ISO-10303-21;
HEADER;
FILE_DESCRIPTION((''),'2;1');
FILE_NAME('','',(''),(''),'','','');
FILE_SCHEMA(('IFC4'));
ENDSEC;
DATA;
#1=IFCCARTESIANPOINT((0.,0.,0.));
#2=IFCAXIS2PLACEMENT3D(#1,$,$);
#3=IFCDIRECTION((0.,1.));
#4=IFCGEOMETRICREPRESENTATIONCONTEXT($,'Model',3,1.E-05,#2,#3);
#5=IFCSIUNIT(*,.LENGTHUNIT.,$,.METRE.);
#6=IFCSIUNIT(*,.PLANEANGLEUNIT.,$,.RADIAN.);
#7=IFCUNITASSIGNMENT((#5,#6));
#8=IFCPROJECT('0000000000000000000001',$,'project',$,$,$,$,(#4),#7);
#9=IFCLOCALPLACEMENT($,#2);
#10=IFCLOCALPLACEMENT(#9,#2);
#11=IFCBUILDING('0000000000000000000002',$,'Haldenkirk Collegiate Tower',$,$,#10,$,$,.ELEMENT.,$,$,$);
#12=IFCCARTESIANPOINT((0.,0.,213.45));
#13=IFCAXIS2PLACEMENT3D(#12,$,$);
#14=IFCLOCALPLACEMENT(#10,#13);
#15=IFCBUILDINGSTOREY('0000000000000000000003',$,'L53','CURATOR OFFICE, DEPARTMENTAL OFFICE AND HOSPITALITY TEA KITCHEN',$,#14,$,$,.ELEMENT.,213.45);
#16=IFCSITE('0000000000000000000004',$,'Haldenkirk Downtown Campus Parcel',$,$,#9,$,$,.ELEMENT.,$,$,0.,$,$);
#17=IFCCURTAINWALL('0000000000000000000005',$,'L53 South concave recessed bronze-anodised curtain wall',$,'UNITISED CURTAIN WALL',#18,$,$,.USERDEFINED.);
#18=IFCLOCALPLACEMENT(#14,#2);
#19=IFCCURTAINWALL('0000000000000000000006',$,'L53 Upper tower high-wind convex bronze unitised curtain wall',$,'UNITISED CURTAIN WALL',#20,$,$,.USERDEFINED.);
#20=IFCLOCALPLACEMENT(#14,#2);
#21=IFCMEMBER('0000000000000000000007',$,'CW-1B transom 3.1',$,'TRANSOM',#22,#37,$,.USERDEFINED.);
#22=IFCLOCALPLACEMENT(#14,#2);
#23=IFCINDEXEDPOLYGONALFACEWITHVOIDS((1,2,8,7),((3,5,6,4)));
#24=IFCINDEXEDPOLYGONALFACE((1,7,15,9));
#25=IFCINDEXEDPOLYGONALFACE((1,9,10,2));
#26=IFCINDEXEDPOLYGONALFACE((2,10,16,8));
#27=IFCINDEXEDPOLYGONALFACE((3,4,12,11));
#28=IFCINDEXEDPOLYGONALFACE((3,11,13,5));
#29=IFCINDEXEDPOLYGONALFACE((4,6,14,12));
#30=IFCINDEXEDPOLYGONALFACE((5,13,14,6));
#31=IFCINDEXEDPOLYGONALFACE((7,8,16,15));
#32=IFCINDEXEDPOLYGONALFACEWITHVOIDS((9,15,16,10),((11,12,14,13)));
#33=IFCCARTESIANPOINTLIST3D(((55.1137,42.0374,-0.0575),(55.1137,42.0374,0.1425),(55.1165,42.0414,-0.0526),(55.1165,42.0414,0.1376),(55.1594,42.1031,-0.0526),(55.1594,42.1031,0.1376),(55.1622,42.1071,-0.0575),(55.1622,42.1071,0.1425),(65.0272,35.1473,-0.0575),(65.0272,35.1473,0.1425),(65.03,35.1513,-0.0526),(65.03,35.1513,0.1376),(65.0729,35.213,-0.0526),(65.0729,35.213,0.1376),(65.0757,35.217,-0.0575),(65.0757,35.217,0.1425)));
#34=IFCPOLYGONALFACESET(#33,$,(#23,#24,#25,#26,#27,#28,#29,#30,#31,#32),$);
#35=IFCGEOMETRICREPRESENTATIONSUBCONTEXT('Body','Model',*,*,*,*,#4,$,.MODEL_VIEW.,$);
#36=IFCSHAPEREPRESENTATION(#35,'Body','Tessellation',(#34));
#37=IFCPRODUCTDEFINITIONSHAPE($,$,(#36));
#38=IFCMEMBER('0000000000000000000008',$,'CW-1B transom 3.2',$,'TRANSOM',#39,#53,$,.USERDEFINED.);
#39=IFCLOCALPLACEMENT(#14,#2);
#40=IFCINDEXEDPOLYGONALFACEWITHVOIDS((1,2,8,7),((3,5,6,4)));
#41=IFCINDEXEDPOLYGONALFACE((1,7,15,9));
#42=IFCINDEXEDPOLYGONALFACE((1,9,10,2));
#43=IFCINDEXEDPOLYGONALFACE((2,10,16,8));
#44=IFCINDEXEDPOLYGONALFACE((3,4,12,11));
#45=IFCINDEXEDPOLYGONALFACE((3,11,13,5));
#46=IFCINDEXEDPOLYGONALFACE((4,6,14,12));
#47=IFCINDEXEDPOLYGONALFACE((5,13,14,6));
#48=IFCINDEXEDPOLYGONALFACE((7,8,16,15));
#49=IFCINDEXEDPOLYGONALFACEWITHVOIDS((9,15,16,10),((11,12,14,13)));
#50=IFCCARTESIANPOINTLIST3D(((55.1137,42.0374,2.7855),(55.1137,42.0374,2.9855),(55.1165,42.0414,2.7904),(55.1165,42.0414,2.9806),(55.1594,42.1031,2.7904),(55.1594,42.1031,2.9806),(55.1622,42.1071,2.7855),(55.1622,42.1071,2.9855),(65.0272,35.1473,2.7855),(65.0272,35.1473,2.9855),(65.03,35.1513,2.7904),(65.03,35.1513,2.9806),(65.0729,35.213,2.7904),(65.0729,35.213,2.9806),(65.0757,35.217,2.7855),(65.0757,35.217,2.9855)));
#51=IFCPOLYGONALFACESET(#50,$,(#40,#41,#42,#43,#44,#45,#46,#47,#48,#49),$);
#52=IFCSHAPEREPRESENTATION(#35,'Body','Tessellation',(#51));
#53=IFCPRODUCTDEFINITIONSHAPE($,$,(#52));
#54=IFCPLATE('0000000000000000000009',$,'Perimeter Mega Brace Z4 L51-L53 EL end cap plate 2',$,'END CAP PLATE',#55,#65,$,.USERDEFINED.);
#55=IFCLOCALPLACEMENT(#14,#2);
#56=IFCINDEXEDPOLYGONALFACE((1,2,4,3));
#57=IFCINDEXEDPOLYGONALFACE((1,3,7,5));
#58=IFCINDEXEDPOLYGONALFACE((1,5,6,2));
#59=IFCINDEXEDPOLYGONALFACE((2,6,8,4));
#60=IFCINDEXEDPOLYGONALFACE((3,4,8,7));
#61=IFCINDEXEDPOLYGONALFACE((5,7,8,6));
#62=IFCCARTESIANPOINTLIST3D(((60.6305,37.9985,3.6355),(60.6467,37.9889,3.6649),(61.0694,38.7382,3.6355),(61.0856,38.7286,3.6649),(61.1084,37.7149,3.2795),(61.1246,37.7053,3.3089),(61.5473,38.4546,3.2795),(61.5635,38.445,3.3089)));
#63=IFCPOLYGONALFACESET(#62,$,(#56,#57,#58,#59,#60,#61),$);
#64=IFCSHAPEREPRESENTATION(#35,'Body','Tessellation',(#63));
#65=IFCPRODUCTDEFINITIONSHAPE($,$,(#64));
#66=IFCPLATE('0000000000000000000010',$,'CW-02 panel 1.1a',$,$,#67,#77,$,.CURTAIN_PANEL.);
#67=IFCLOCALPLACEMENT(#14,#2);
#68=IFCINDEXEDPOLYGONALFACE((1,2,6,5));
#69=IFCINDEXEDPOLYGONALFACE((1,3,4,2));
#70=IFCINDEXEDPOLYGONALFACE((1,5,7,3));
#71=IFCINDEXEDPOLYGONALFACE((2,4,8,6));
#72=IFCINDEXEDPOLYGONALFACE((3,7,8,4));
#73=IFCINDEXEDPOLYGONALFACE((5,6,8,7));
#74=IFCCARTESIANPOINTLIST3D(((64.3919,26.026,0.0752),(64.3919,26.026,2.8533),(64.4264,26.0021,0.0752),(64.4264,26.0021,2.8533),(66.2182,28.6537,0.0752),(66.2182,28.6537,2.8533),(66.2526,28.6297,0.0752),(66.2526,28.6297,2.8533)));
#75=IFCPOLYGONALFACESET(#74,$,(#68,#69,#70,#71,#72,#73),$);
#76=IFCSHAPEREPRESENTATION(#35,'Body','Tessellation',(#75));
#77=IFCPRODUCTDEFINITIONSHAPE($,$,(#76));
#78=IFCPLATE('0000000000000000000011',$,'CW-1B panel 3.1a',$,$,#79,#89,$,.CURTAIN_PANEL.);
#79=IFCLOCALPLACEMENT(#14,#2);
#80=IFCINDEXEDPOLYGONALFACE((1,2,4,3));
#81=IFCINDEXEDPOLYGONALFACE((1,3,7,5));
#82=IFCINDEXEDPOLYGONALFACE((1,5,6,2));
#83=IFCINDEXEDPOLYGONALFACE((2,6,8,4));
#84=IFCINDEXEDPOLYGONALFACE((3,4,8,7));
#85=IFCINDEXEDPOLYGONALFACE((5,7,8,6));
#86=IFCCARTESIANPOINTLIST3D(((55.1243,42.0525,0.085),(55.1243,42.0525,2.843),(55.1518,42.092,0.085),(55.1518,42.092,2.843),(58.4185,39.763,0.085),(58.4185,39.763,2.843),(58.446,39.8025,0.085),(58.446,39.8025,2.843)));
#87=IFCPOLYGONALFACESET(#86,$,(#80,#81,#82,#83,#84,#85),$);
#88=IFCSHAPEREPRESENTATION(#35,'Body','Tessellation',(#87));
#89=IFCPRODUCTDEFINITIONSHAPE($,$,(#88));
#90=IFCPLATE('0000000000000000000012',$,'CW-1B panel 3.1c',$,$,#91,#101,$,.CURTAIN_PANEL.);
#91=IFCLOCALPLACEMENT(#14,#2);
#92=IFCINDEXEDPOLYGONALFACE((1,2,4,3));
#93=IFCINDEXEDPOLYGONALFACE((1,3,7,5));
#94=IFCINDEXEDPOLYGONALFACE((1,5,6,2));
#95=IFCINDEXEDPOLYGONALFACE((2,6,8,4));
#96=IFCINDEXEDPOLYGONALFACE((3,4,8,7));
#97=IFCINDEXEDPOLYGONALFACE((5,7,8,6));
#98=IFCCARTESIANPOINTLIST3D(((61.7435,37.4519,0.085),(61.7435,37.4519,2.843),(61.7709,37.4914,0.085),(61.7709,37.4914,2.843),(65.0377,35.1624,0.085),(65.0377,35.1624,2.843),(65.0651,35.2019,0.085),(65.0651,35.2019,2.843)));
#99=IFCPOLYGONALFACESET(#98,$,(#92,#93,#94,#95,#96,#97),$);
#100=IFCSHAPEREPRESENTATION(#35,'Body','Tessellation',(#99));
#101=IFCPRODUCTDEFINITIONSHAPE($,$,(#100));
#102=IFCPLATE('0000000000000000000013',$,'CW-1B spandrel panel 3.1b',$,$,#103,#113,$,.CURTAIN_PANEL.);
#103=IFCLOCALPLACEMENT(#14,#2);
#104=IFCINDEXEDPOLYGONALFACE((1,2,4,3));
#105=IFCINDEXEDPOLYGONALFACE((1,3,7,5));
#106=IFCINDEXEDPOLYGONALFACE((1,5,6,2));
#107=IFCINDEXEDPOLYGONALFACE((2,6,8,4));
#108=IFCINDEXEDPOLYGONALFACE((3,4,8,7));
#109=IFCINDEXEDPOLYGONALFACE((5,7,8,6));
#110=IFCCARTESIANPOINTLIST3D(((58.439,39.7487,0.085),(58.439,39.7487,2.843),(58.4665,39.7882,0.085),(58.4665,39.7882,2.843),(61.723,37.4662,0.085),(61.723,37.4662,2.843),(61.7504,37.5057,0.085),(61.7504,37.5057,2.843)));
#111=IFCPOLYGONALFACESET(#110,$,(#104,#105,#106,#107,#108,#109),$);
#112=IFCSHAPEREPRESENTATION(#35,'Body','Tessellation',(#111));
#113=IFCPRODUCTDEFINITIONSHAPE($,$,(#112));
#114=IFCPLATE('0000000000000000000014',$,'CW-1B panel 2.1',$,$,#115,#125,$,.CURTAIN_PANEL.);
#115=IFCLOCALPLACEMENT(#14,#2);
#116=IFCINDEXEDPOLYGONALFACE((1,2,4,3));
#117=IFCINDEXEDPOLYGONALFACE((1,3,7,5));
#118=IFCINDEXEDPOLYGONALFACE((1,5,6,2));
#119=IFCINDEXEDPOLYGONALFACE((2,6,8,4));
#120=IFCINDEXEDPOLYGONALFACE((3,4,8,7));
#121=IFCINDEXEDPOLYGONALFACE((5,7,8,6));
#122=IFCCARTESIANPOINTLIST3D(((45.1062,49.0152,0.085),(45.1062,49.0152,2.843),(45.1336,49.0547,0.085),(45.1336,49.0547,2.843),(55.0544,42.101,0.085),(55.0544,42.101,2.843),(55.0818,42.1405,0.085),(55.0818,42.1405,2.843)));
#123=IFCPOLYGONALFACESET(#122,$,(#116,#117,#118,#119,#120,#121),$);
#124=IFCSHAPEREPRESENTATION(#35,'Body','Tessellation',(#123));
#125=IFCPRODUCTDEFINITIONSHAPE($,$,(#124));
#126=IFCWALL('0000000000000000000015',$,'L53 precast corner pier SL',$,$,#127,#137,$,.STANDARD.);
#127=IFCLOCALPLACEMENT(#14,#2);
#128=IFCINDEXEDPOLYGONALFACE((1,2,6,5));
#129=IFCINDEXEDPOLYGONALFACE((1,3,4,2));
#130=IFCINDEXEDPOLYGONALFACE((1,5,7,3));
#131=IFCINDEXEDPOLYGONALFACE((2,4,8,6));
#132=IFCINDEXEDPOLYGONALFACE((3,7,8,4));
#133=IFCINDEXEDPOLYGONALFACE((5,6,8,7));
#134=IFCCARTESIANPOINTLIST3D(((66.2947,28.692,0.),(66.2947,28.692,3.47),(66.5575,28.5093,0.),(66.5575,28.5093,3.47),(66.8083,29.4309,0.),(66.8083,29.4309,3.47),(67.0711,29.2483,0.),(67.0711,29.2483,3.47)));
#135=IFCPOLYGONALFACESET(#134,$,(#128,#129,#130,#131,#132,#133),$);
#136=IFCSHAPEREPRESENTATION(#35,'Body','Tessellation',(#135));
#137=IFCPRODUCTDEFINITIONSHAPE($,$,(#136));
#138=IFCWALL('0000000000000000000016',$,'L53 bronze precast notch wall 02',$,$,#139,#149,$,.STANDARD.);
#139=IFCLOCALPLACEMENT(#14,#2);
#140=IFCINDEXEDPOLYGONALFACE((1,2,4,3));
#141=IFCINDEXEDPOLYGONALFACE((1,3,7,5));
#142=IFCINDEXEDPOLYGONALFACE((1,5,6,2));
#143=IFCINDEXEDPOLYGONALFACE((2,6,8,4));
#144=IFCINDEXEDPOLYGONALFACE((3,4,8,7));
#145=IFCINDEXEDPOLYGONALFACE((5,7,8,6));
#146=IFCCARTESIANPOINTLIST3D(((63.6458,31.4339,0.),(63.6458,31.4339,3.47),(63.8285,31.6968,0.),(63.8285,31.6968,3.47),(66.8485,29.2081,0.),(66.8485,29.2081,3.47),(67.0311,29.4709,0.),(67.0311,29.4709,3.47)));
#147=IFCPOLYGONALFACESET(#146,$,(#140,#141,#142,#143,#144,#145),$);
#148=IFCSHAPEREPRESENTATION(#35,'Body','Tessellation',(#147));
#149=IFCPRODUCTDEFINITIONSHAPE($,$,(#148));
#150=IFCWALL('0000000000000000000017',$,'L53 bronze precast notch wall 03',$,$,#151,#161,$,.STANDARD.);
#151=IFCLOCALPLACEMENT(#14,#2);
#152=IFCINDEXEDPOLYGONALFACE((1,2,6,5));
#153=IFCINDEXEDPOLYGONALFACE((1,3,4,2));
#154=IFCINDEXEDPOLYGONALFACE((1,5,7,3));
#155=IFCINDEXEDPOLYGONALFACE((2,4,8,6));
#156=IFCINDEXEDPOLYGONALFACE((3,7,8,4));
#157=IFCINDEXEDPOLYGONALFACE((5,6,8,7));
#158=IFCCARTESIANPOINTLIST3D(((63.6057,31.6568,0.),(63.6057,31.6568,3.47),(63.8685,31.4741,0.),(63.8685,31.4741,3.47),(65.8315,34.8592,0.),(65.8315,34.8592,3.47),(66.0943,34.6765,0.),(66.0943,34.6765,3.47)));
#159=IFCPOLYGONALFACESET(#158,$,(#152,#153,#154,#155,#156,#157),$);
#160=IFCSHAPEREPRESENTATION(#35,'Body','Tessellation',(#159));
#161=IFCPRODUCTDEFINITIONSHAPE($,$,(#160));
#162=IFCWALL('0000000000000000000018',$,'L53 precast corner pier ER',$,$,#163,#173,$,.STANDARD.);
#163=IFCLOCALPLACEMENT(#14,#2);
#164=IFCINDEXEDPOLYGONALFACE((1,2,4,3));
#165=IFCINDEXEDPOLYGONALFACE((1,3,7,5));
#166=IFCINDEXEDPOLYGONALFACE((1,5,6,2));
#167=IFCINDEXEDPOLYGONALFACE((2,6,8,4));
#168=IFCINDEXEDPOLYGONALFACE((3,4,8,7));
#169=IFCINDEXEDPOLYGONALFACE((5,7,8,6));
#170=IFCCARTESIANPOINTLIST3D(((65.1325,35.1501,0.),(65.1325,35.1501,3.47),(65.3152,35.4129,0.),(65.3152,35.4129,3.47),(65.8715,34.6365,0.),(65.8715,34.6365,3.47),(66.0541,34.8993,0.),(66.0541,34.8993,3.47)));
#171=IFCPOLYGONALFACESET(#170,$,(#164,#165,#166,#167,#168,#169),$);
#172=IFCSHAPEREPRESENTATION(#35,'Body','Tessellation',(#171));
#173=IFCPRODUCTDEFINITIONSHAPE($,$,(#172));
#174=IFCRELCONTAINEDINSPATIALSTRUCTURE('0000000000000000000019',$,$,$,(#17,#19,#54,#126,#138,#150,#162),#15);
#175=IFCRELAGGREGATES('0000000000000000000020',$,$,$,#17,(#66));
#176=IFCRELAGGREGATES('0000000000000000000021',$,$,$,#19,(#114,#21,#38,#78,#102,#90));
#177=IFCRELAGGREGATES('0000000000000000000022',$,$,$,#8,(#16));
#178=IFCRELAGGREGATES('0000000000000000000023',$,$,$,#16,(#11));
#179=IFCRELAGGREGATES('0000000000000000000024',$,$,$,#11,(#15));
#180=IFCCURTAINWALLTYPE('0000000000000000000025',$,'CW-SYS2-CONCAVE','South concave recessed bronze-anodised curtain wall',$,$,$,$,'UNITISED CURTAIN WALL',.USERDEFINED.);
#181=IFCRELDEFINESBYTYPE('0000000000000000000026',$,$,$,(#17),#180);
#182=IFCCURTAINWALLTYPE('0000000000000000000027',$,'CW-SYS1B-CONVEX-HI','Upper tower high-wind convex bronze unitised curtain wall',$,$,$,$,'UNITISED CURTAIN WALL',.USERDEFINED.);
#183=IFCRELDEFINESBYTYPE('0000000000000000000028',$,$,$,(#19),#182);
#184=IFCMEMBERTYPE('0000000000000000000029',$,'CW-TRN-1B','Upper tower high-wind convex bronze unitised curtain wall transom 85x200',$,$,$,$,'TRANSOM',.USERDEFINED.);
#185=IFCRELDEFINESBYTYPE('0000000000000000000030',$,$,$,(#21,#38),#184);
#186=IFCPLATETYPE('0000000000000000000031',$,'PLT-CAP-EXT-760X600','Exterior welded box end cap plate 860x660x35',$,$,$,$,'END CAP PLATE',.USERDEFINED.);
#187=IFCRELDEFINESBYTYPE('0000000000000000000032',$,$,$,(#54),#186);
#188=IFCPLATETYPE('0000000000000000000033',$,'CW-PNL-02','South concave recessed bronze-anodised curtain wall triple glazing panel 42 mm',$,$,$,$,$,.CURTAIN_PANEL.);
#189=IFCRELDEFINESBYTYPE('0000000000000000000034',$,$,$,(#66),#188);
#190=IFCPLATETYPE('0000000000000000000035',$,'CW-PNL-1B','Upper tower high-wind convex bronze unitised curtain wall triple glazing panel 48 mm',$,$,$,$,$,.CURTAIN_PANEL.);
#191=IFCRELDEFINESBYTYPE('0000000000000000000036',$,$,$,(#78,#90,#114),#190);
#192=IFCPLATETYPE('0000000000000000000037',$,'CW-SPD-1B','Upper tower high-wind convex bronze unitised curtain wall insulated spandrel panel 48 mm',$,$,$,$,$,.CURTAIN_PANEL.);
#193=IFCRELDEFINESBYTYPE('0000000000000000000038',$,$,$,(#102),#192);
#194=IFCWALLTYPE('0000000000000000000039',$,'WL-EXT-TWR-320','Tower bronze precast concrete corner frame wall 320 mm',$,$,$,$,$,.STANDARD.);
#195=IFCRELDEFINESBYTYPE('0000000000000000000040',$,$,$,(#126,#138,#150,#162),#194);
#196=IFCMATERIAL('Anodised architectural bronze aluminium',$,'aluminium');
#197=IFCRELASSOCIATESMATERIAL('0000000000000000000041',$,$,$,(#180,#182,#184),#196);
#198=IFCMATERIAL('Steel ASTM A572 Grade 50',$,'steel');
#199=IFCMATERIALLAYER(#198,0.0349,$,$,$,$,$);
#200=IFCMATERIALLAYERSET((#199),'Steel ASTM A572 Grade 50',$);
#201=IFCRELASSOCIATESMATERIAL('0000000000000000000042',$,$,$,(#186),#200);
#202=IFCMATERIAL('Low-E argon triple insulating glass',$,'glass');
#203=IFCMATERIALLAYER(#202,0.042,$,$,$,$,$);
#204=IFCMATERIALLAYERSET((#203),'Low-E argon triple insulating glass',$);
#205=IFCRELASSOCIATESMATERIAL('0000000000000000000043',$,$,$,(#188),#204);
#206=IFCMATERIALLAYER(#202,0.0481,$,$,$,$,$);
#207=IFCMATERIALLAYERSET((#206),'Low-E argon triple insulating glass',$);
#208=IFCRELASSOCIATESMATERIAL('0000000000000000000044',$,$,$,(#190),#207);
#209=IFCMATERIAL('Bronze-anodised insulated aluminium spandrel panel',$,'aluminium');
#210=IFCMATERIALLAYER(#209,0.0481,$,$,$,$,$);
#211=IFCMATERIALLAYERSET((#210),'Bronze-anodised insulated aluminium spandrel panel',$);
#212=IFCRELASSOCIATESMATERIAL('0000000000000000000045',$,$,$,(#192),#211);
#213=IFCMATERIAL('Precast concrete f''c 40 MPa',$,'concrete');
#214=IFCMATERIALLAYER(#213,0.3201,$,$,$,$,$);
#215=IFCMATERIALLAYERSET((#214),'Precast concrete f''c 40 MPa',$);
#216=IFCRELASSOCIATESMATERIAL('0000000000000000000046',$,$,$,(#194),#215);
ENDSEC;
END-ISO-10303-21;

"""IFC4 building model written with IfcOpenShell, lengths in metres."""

from ifc_helpers import new_model, si_unit, direction, frame, frame_2d, origin, origin_2d, place, context, subcontext, project, spatial, rectangle, hollow_rectangle, extrude, source, transform, mapped, material, layer, layer_set, material_profile, profile_set, type_object, element, aggregate, save


model = new_model("IFC4")

# Units and contexts
model_context = context("Model", 3, precision=1e-05, world=origin(), true_north=direction((0.0, 1.0)))
body_context = subcontext(model_context, "Body", "Model", "MODEL_VIEW")
ifc_project = project(units=[si_unit("LENGTHUNIT", "METRE"), si_unit("PLANEANGLEUNIT", "RADIAN")], contexts=[model_context])

# Site, building, storey
site_placement = place(None, origin())
site = spatial("IfcSite", under=ifc_project, at=site_placement, Name="Haldenkirk Downtown Campus Parcel", CompositionType="ELEMENT", RefElevation=0.0)
building_placement = place(site_placement, origin())
building = spatial("IfcBuilding", under=site, at=building_placement, Name="Haldenkirk Collegiate Tower", CompositionType="ELEMENT")
storey_placement = place(building_placement, frame((0.0, 0.0, 213.45)))
storey = spatial("IfcBuildingStorey", under=building, at=storey_placement, Name="L53", Description="CURATOR OFFICE, DEPARTMENTAL OFFICE AND HOSPITALITY TEA KITCHEN", CompositionType="ELEMENT", Elevation=213.45)

# Shared definitions
ifc_material_1 = material(Name="Steel ASTM A572 Grade 50", Category="steel")

# Curtain wall
ifc_material_2 = material(Name="Anodised architectural bronze aluminium", Category="aluminium")
curtain_wall_type_1 = type_object("IfcCurtainWallType", Name="CW-SYS2-CONCAVE", Description="South concave recessed bronze-anodised curtain wall", ElementType="UNITISED CURTAIN WALL", PredefinedType="USERDEFINED", material=ifc_material_2)
curtain_wall_1_placement = place(storey_placement, origin())
curtain_wall_1 = element("IfcCurtainWall", 1, at=curtain_wall_1_placement, inside=storey, type_object=curtain_wall_type_1, Name="L53 South concave recessed bronze-anodised curtain wall", ObjectType="UNITISED CURTAIN WALL", PredefinedType="USERDEFINED")

# Curtain wall
curtain_wall_type_2 = type_object("IfcCurtainWallType", Name="CW-SYS1B-CONVEX-HI", Description="Upper tower high-wind convex bronze unitised curtain wall", ElementType="UNITISED CURTAIN WALL", PredefinedType="USERDEFINED", material=ifc_material_2)
curtain_wall_2_placement = place(storey_placement, origin())
curtain_wall_2 = element("IfcCurtainWall", 2, at=curtain_wall_2_placement, inside=storey, type_object=curtain_wall_type_2, Name="L53 Upper tower high-wind convex bronze unitised curtain wall", ObjectType="UNITISED CURTAIN WALL", PredefinedType="USERDEFINED")

# Members
ifc_material_profile_1 = material_profile(ifc_material_2, hollow_rectangle(XDim=0.085, YDim=0.2, WallThickness=0.0049, at=origin_2d()), Name="CW-TRN-1B")
ifc_profile_set_1 = profile_set([ifc_material_profile_1], Name="Anodised architectural bronze aluminium")
member_type_1 = type_object("IfcMemberType", Name="CW-TRN-1B", Description="Upper tower high-wind convex bronze unitised curtain wall transom 85x200", ElementType="TRANSOM", PredefinedType="USERDEFINED", material=ifc_profile_set_1)
member_1_placement = place(storey_placement, frame((55.1379, 42.0723, 0.0425), z_axis=(0.821148, -0.570715, 0.0), x_axis=(0.570715, 0.821148, 0.0)))
member_1 = element("IfcMember", 3, at=member_1_placement, type_object=member_type_1, Name="CW-1B transom 3.1", ObjectType="TRANSOM", PredefinedType="USERDEFINED", context=body_context, shape_type="SweptSolid", body=[
    extrude(hollow_rectangle(XDim=0.085, YDim=0.2, WallThickness=0.0049, at=origin_2d()), origin(), (0.0, 0.0, 1.0), 12.0728),
])
member_2_placement = place(storey_placement, frame((55.1379, 42.0723, 2.8855), z_axis=(0.821148, -0.570715, 0.0), x_axis=(0.570715, 0.821148, 0.0)))
member_2 = element("IfcMember", 4, at=member_2_placement, type_object=member_type_1, Name="CW-1B transom 3.2", ObjectType="TRANSOM", PredefinedType="USERDEFINED", context=body_context, shape_type="SweptSolid", body=[
    extrude(hollow_rectangle(XDim=0.085, YDim=0.2, WallThickness=0.0049, at=origin_2d()), origin(), (0.0, 0.0, 1.0), 12.0728),
])

# Plates
ifc_layer_1 = layer(ifc_material_1, 0.0349)
ifc_layer_set_1 = layer_set([ifc_layer_1], Name="Steel ASTM A572 Grade 50")
plate_type_1 = type_object("IfcPlateType", Name="PLT-CAP-EXT-760X600", Description="Exterior welded box end cap plate 860x660x35", ElementType="END CAP PLATE", PredefinedType="USERDEFINED", material=ifc_layer_set_1)
shared_shape_1 = source(origin(), body_context, "Body", "SweptSolid", [
    extrude(rectangle(XDim=0.8601, YDim=0.6599, at=origin_2d()), origin(), (0.0, 0.0, 1.0), 0.0349),
])
plate_1_placement = place(storey_placement, frame((61.0889, 38.2266, 3.4575), z_axis=(0.463897, -0.275241, 0.842047), x_axis=(0.510267, 0.860016, 0.0)))
element("IfcPlate", 5, at=plate_1_placement, inside=storey, type_object=plate_type_1, Name="Perimeter Mega Brace Z4 L51-L53 EL end cap plate 2", ObjectType="END CAP PLATE", PredefinedType="USERDEFINED", context=body_context, shape_type="MappedRepresentation", body=[
    mapped(shared_shape_1, transform((0.0, 0.0, 0.0), x_axis=(1.0, 0.0, 0.0), y_axis=(0.0, 1.0, 0.0), z_axis=(0.0, 0.0, 1.0), scale=1.0)),
])
ifc_material_3 = material(Name="Low-E argon triple insulating glass", Category="glass")
ifc_layer_2 = layer(ifc_material_3, 0.042)
ifc_layer_set_2 = layer_set([ifc_layer_2], Name="Low-E argon triple insulating glass")
plate_type_2 = type_object("IfcPlateType", Name="CW-PNL-02", Description="South concave recessed bronze-anodised curtain wall triple glazing panel 42 mm", PredefinedType="CURTAIN_PANEL", material=ifc_layer_set_2)
shared_shape_2 = source(origin(), body_context, "Body", "SweptSolid", [
    extrude(rectangle(XDim=3.2, YDim=0.042, at=origin_2d()), origin(), (0.0, 0.0, 1.0), 2.7781),
])
plate_2_placement = place(storey_placement, frame((65.3223, 27.3279, 0.0752), z_axis=(0.0, 0.0, 1.0), x_axis=(-0.570716, -0.821148, 0.0)))
plate_2 = element("IfcPlate", 6, at=plate_2_placement, type_object=plate_type_2, Name="CW-02 panel 1.1a", PredefinedType="CURTAIN_PANEL", context=body_context, shape_type="MappedRepresentation", body=[
    mapped(shared_shape_2, transform((0.0, 0.0, 0.0), x_axis=(1.0, 0.0, 0.0), y_axis=(0.0, 1.0, 0.0), z_axis=(0.0, 0.0, 1.0), scale=1.0)),
])
aggregate(curtain_wall_1, [plate_2])
ifc_layer_3 = layer(ifc_material_3, 0.0481)
ifc_layer_set_3 = layer_set([ifc_layer_3], Name="Low-E argon triple insulating glass")
plate_type_3 = type_object("IfcPlateType", Name="CW-PNL-1B", Description="Upper tower high-wind convex bronze unitised curtain wall triple glazing panel 48 mm", PredefinedType="CURTAIN_PANEL", material=ifc_layer_set_3)
shared_shape_3 = source(origin(), body_context, "Body", "SweptSolid", [
    extrude(rectangle(XDim=4.0117, YDim=0.0481, at=origin_2d()), origin(), (0.0, 0.0, 1.0), 2.7581),
])
plate_3_placement = place(storey_placement, frame((56.7852, 40.9275, 0.085), z_axis=(0.0, 0.0, 1.0), x_axis=(0.821149, -0.570713, 0.0)))
plate_3 = element("IfcPlate", 7, at=plate_3_placement, type_object=plate_type_3, Name="CW-1B panel 3.1a", PredefinedType="CURTAIN_PANEL", context=body_context, shape_type="MappedRepresentation", body=[
    mapped(shared_shape_3, transform((0.0, 0.0, 0.0), x_axis=(1.0, 0.0, 0.0), y_axis=(0.0, 1.0, 0.0), z_axis=(0.0, 0.0, 1.0), scale=1.0)),
])
plate_4_placement = place(storey_placement, frame((63.4043, 36.3269, 0.085), z_axis=(0.0, 0.0, 1.0), x_axis=(0.821149, -0.570713, 0.0)))
plate_4 = element("IfcPlate", 8, at=plate_4_placement, type_object=plate_type_3, Name="CW-1B panel 3.1c", PredefinedType="CURTAIN_PANEL", context=body_context, shape_type="MappedRepresentation", body=[
    mapped(shared_shape_3, transform((0.0, 0.0, 0.0), x_axis=(1.0, 0.0, 0.0), y_axis=(0.0, 1.0, 0.0), z_axis=(0.0, 0.0, 1.0), scale=1.0)),
])
ifc_material_4 = material(Name="Bronze-anodised insulated aluminium spandrel panel", Category="aluminium")
ifc_layer_4 = layer(ifc_material_4, 0.0481)
ifc_layer_set_4 = layer_set([ifc_layer_4], Name="Bronze-anodised insulated aluminium spandrel panel")
plate_type_4 = type_object("IfcPlateType", Name="CW-SPD-1B", Description="Upper tower high-wind convex bronze unitised curtain wall insulated spandrel panel 48 mm", PredefinedType="CURTAIN_PANEL", material=ifc_layer_set_4)
shared_shape_4 = source(origin(), body_context, "Body", "SweptSolid", [
    extrude(rectangle(XDim=3.9993, YDim=0.0481, at=origin_2d()), origin(), (0.0, 0.0, 1.0), 2.7581),
])
plate_5_placement = place(storey_placement, frame((60.0947, 38.6272, 0.085), z_axis=(0.0, 0.0, 1.0), x_axis=(0.821149, -0.570713, 0.0)))
plate_5 = element("IfcPlate", 9, at=plate_5_placement, type_object=plate_type_4, Name="CW-1B spandrel panel 3.1b", PredefinedType="CURTAIN_PANEL", context=body_context, shape_type="MappedRepresentation", body=[
    mapped(shared_shape_4, transform((0.0, 0.0, 0.0), x_axis=(1.0, 0.0, 0.0), y_axis=(0.0, 1.0, 0.0), z_axis=(0.0, 0.0, 1.0), scale=1.0)),
])
shared_shape_5 = source(origin(), body_context, "Body", "SweptSolid", [
    extrude(rectangle(XDim=12.115, YDim=0.0481, at=origin_2d()), origin(), (0.0, 0.0, 1.0), 2.7581),
])
plate_6_placement = place(storey_placement, frame((50.094, 45.5779, 0.085), z_axis=(0.0, 0.0, 1.0), x_axis=(0.821149, -0.570713, 0.0)))
plate_6 = element("IfcPlate", 10, at=plate_6_placement, type_object=plate_type_3, Name="CW-1B panel 2.1", PredefinedType="CURTAIN_PANEL", context=body_context, shape_type="MappedRepresentation", body=[
    mapped(shared_shape_5, transform((0.0, 0.0, 0.0), x_axis=(1.0, 0.0, 0.0), y_axis=(0.0, 1.0, 0.0), z_axis=(0.0, 0.0, 1.0), scale=1.0)),
])
aggregate(curtain_wall_2, [plate_6, member_1, member_2, plate_3, plate_5, plate_4])

# Walls
ifc_material_5 = material(Name="Precast concrete f'c 40 MPa", Category="concrete")
ifc_layer_5 = layer(ifc_material_5, 0.3201)
ifc_layer_set_5 = layer_set([ifc_layer_5], Name="Precast concrete f'c 40 MPa")
wall_type_1 = type_object("IfcWallType", Name="WL-EXT-TWR-320", Description="Tower bronze precast concrete corner frame wall 320 mm", PredefinedType="STANDARD", material=ifc_layer_set_5)
wall_1_placement = place(storey_placement, frame((66.9397, 29.3396, 0.0), z_axis=(0.0, 0.0, 1.0), x_axis=(-0.570747, -0.821126, 0.0)))
element("IfcWall", 11, at=wall_1_placement, inside=storey, type_object=wall_type_1, Name="L53 precast corner pier SL", PredefinedType="STANDARD", context=body_context, shape_type="SweptSolid", body=[
    extrude(rectangle(XDim=0.8999, YDim=0.3201, at=frame_2d((0.45, 0.0))), origin(), (0.0, 0.0, 1.0), 3.47),
])
wall_2_placement = place(storey_placement, frame((63.7371, 31.5654, 0.0), z_axis=(0.0, 0.0, 1.0), x_axis=(0.821156, -0.570703, 0.0)))
element("IfcWall", 12, at=wall_2_placement, inside=storey, type_object=wall_type_1, Name="L53 bronze precast notch wall 02", PredefinedType="STANDARD", context=body_context, shape_type="SweptSolid", body=[
    extrude(rectangle(XDim=3.9001, YDim=0.3201, at=frame_2d((1.9502, 0.0))), origin(), (0.0, 0.0, 1.0), 3.47),
])
wall_3_placement = place(storey_placement, frame((65.9629, 34.7678, 0.0), z_axis=(0.0, 0.0, 1.0), x_axis=(-0.570732, -0.821136, 0.0)))
element("IfcWall", 13, at=wall_3_placement, inside=storey, type_object=wall_type_1, Name="L53 bronze precast notch wall 03", PredefinedType="STANDARD", context=body_context, shape_type="SweptSolid", body=[
    extrude(rectangle(XDim=3.8999, YDim=0.3201, at=frame_2d((1.95, 0.0))), origin(), (0.0, 0.0, 1.0), 3.47),
])
wall_4_placement = place(storey_placement, frame((65.2239, 35.2815, 0.0), z_axis=(0.0, 0.0, 1.0), x_axis=(0.821126, -0.570747, 0.0)))
element("IfcWall", 14, at=wall_4_placement, inside=storey, type_object=wall_type_1, Name="L53 precast corner pier ER", PredefinedType="STANDARD", context=body_context, shape_type="SweptSolid", body=[
    extrude(rectangle(XDim=0.8999, YDim=0.3201, at=frame_2d((0.45, 0.0))), origin(), (0.0, 0.0, 1.0), 3.47),
])

save(model, "model.ifc")
